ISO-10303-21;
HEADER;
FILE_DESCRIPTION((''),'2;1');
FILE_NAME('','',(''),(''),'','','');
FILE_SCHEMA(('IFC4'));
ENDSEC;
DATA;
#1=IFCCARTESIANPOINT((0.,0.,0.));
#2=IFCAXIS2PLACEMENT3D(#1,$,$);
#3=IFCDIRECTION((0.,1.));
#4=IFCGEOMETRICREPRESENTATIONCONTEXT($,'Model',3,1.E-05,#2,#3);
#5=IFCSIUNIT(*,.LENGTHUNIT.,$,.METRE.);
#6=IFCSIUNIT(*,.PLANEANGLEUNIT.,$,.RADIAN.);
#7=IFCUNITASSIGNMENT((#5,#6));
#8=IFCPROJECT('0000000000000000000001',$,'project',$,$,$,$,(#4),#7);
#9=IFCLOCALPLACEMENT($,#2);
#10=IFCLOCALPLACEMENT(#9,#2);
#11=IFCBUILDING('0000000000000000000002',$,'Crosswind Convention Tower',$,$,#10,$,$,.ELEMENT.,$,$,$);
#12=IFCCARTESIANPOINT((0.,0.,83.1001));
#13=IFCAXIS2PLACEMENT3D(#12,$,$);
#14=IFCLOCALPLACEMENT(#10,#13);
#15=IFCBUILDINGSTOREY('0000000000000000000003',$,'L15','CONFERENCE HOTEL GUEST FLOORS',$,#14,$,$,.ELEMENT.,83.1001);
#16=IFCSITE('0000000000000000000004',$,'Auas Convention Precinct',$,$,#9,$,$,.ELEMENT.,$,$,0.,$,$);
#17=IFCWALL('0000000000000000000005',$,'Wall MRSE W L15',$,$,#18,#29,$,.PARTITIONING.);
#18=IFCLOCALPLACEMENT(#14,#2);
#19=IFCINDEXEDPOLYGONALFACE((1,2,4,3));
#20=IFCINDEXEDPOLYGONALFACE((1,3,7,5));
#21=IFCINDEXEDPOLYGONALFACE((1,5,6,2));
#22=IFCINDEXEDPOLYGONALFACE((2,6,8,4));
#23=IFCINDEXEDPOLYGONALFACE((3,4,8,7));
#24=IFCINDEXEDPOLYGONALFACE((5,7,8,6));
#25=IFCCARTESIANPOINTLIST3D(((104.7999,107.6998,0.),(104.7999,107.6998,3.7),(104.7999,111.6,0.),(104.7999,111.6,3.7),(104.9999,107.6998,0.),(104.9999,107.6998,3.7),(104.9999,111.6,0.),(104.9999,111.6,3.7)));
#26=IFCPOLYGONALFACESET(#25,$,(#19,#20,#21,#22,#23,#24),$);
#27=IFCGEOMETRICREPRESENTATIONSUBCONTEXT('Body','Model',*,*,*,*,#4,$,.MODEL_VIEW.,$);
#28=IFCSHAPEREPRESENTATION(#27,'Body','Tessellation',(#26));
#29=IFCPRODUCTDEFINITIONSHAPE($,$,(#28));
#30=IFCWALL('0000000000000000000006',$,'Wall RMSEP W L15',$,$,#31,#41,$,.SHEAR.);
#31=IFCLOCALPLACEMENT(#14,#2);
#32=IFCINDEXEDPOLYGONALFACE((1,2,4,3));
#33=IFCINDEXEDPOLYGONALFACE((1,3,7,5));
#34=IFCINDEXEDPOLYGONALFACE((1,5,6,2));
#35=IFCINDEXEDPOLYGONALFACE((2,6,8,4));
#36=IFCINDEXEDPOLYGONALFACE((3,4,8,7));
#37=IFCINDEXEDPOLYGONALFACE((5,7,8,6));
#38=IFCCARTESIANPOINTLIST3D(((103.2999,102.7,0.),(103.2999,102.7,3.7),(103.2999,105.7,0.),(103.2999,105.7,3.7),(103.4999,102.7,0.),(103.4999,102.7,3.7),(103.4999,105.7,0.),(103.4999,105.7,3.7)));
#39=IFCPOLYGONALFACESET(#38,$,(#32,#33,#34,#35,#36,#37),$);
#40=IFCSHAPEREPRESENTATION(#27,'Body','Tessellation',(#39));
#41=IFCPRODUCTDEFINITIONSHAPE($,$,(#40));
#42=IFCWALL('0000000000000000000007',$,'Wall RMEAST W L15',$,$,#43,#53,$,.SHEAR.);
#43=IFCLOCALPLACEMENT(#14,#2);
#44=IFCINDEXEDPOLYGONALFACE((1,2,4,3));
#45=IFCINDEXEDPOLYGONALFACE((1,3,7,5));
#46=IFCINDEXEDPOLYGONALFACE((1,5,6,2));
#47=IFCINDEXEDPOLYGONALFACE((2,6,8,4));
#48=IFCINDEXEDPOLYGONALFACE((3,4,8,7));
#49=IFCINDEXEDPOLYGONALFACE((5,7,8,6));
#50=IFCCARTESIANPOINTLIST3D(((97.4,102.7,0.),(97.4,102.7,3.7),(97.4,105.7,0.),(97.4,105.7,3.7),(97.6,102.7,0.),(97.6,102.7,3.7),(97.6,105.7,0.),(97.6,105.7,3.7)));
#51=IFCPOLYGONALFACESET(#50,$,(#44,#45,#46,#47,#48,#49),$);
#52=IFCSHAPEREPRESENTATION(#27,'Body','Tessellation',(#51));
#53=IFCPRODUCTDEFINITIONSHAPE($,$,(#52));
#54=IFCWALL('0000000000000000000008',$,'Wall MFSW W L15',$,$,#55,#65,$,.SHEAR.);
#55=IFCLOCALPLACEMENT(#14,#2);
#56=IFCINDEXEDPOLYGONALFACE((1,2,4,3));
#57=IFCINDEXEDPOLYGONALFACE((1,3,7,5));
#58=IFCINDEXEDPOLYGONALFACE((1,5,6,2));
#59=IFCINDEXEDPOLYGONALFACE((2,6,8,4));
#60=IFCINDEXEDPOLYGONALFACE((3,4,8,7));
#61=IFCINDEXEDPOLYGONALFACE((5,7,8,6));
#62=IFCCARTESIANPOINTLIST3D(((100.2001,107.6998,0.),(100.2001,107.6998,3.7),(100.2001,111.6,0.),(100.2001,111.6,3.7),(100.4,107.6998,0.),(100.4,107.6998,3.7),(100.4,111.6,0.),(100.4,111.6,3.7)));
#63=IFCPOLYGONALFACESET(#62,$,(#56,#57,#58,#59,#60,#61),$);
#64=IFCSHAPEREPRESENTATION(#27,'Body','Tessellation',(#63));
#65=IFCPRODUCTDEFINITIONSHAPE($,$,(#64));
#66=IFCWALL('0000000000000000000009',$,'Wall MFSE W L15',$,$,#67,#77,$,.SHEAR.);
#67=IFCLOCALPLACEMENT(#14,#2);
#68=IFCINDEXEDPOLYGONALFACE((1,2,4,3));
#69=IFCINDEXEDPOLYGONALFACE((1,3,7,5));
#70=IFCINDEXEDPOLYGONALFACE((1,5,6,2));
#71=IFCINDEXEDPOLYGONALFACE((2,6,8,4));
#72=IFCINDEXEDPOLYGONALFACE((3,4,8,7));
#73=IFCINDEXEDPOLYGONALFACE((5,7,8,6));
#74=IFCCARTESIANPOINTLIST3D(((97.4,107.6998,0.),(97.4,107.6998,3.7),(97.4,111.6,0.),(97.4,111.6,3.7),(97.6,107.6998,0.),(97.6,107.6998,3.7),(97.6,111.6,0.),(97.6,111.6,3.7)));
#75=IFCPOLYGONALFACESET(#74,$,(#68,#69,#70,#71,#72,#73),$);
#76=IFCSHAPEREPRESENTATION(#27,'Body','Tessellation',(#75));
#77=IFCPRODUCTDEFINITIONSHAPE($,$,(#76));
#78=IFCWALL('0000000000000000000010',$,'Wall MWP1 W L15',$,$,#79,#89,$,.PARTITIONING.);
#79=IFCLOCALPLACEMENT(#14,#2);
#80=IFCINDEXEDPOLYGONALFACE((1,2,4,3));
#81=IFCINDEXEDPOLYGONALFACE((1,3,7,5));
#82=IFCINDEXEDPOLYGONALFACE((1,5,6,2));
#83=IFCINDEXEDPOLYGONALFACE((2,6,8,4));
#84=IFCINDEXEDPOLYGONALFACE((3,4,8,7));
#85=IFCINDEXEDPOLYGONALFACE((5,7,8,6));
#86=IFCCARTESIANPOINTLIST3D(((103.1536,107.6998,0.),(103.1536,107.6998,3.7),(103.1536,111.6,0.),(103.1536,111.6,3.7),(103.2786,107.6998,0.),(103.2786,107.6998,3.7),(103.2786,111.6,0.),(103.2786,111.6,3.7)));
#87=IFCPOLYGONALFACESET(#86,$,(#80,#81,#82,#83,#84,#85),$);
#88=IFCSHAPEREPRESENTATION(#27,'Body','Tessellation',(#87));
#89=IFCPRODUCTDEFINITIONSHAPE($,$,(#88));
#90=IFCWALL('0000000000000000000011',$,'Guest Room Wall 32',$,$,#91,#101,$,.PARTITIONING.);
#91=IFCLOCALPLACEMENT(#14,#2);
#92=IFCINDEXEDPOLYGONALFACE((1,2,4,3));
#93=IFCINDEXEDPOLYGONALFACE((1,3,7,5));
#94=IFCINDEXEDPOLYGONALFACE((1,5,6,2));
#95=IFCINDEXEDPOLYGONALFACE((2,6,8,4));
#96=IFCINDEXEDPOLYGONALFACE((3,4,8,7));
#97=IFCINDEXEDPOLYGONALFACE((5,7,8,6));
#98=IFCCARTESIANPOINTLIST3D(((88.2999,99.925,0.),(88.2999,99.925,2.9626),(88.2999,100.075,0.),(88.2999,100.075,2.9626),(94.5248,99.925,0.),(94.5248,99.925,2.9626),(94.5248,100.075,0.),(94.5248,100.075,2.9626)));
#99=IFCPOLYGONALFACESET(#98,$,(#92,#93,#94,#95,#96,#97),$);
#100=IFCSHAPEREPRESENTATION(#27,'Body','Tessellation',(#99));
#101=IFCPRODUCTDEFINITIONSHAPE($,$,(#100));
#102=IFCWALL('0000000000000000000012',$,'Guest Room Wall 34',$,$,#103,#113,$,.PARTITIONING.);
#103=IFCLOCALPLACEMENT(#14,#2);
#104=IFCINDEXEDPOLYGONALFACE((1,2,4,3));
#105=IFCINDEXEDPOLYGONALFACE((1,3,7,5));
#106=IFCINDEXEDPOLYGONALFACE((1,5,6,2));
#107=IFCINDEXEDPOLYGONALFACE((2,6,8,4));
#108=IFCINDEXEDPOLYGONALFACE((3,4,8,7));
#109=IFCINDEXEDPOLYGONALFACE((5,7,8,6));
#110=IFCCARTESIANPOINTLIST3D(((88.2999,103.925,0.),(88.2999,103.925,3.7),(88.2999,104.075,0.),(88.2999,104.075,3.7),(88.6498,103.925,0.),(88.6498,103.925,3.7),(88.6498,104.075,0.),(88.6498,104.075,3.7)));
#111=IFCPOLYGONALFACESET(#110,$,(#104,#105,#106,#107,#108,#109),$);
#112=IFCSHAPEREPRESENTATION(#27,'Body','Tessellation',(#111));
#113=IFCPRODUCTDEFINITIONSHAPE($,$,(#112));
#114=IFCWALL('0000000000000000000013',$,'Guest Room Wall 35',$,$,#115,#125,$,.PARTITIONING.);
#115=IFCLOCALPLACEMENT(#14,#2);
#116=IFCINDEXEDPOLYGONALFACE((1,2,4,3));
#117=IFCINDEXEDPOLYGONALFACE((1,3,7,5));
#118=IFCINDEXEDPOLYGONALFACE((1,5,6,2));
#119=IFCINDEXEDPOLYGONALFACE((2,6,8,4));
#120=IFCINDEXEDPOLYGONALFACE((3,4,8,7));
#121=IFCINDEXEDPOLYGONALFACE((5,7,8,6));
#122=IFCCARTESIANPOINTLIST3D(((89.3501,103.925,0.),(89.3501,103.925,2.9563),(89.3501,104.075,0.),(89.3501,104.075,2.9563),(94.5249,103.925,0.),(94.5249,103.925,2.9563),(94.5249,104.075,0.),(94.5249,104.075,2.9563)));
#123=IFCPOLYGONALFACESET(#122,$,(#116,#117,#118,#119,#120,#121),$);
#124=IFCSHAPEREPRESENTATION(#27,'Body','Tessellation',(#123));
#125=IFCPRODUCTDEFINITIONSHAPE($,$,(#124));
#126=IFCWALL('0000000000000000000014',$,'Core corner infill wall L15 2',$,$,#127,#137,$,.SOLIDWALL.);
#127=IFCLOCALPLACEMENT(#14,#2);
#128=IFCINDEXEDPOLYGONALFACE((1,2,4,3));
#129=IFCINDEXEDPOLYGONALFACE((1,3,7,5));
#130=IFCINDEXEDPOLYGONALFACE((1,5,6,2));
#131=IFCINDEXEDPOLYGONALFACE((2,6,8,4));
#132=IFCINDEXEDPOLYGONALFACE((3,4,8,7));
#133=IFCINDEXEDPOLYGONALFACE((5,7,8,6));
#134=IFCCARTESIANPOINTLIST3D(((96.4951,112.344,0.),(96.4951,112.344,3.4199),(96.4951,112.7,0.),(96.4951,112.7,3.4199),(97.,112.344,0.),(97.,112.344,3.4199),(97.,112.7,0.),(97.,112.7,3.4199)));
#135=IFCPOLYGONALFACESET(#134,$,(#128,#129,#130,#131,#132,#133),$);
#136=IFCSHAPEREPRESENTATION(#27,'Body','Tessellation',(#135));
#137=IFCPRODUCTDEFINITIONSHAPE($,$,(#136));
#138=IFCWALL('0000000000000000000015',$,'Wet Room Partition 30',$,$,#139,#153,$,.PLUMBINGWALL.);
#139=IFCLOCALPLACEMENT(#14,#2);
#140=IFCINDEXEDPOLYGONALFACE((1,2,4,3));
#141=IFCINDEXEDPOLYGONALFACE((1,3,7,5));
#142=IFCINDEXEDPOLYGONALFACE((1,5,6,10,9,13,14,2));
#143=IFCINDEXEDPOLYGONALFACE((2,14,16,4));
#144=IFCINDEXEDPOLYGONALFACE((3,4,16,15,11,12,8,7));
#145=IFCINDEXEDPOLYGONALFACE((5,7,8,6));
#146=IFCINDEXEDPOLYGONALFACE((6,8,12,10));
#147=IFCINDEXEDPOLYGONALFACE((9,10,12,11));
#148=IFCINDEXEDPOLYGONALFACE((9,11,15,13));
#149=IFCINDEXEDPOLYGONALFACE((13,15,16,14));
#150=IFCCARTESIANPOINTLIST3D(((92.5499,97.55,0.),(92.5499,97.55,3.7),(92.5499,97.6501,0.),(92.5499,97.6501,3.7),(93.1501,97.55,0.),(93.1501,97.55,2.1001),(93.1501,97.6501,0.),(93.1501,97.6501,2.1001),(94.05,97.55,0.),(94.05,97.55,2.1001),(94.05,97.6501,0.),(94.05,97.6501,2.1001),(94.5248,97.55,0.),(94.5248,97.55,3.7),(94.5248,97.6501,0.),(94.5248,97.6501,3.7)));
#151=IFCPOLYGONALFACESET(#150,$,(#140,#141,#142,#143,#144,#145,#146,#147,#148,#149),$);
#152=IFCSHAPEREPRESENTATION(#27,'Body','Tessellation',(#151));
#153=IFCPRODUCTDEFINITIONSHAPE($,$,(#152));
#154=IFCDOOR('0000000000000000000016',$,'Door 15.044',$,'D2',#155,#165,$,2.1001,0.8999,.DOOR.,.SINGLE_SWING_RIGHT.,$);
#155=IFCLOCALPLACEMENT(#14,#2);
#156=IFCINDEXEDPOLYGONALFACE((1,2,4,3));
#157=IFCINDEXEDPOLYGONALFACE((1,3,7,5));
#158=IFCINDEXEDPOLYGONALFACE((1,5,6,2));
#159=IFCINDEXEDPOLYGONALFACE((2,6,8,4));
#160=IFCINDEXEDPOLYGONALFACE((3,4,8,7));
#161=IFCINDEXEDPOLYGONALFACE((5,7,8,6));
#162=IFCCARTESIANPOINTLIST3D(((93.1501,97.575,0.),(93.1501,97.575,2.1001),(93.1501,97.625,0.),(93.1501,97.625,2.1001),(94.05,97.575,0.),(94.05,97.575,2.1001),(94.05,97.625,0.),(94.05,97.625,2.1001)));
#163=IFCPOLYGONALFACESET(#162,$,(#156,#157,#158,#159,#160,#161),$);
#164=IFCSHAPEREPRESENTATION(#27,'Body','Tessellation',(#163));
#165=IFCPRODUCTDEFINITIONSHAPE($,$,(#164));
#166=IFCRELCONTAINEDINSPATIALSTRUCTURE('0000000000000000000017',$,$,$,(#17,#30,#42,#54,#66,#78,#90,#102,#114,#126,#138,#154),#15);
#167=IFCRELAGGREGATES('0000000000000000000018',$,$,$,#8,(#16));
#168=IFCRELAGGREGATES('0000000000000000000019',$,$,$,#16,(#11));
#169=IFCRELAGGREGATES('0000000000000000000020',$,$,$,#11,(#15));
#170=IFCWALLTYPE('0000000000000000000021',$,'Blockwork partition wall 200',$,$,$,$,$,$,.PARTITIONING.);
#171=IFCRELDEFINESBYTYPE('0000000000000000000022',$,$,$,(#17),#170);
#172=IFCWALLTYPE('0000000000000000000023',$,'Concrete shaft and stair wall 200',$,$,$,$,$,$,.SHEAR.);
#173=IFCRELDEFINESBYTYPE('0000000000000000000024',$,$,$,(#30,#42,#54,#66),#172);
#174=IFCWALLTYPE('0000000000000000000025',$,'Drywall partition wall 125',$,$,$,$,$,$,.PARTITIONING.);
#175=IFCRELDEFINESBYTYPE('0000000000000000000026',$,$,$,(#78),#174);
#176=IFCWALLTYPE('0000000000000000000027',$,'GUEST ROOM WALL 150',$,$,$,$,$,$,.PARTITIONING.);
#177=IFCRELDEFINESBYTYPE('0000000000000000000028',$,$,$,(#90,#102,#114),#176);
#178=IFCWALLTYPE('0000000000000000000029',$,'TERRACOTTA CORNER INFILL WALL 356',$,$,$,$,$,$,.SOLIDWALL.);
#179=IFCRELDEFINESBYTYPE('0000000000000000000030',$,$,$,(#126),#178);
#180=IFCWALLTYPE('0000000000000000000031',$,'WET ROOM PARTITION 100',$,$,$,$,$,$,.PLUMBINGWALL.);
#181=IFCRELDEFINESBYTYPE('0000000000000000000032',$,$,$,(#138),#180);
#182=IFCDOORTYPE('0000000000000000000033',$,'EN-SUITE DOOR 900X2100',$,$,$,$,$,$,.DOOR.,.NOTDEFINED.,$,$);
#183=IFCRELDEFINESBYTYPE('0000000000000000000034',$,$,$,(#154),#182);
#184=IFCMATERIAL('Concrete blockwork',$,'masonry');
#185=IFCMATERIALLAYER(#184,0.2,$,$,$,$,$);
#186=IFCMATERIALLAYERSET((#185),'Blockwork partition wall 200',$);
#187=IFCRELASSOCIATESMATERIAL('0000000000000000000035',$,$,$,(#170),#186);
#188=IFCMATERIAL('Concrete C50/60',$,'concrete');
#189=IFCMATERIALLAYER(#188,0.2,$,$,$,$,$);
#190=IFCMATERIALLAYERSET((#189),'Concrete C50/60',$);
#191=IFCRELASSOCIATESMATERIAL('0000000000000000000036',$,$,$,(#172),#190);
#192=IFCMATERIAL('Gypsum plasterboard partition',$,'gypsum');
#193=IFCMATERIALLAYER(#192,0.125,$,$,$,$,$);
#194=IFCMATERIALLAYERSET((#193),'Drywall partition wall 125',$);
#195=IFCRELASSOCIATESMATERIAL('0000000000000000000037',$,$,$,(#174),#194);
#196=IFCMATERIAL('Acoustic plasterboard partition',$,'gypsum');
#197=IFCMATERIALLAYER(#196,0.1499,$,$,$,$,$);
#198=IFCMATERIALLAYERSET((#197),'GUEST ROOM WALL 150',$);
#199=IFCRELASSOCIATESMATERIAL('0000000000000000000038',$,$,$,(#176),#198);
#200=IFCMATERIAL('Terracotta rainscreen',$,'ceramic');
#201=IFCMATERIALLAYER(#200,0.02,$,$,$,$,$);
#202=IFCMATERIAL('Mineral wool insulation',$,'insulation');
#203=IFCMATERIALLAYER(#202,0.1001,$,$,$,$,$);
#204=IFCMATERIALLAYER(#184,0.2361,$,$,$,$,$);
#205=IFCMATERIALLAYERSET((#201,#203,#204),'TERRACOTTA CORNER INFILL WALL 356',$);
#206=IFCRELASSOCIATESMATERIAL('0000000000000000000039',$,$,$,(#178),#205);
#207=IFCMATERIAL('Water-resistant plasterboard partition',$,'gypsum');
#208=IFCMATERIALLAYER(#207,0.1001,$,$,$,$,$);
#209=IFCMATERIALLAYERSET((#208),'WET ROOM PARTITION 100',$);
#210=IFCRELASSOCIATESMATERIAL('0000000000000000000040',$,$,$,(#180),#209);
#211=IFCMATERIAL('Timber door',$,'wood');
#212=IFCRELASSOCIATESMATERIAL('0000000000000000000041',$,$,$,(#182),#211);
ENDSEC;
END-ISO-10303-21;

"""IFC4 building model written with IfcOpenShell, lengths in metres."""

from ifc_helpers import new_model, si_unit, direction, frame, frame_2d, origin, place, context, subcontext, project, spatial, rectangle, extrude, material, layer, layer_set, type_object, element, fill, save


model = new_model("IFC4")

# Units and contexts
model_context = context("Model", 3, precision=1e-05, world=origin(), true_north=direction((0.0, 1.0)))
body_context = subcontext(model_context, "Body", "Model", "MODEL_VIEW")
ifc_project = project(units=[si_unit("LENGTHUNIT", "METRE"), si_unit("PLANEANGLEUNIT", "RADIAN")], contexts=[model_context])

# Site, building, storey
site_placement = place(None, origin())
site = spatial("IfcSite", under=ifc_project, at=site_placement, Name="Auas Convention Precinct", CompositionType="ELEMENT", RefElevation=0.0)
building_placement = place(site_placement, origin())
building = spatial("IfcBuilding", under=site, at=building_placement, Name="Crosswind Convention Tower", CompositionType="ELEMENT")
storey_placement = place(building_placement, frame((0.0, 0.0, 83.1001)))
storey = spatial("IfcBuildingStorey", under=building, at=storey_placement, Name="L15", Description="CONFERENCE HOTEL GUEST FLOORS", CompositionType="ELEMENT", Elevation=83.1001)

# Wall
ifc_material_1 = material(Name="Concrete blockwork", Category="masonry")
ifc_layer_1 = layer(ifc_material_1, 0.2)
ifc_layer_set_1 = layer_set([ifc_layer_1], Name="Blockwork partition wall 200")
wall_type_1 = type_object("IfcWallType", Name="Blockwork partition wall 200", PredefinedType="PARTITIONING", material=ifc_layer_set_1)
wall_1_placement = place(storey_placement, frame((104.8999, 111.6001, 0.0), z_axis=(0.0, 0.0, 1.0), x_axis=(0.0, -1.0, 0.0)))
element("IfcWall", 1, at=wall_1_placement, inside=storey, type_object=wall_type_1, Name="Wall MRSE W L15", PredefinedType="PARTITIONING", context=body_context, shape_type="SweptSolid", body=[
    extrude(rectangle(XDim=3.9001, YDim=0.2, at=frame_2d((1.9502, 0.0))), origin(), (0.0, 0.0, 1.0), 3.7),
])

# Walls
ifc_material_2 = material(Name="Concrete C50/60", Category="concrete")
ifc_layer_2 = layer(ifc_material_2, 0.2)
ifc_layer_set_2 = layer_set([ifc_layer_2], Name="Concrete C50/60")
wall_type_2 = type_object("IfcWallType", Name="Concrete shaft and stair wall 200", PredefinedType="SHEAR", material=ifc_layer_set_2)
for number, where, z_axis, x_axis, name in (
    (2, (103.3999, 105.7, 0.0), (0.0, 0.0, 1.0), (0.0, -1.0, 0.0), "Wall RMSEP W L15"),
    (3, (97.5, 105.7, 0.0), (0.0, 0.0, 1.0), (0.0, -1.0, 0.0), "Wall RMEAST W L15"),
):
    element("IfcWall", number, at=place(storey_placement, frame(where, z_axis=z_axis, x_axis=x_axis)), inside=storey, type_object=wall_type_2, Name=name, PredefinedType="SHEAR", context=body_context, shape_type="SweptSolid", body=[
        extrude(rectangle(XDim=3.0, YDim=0.2, at=frame_2d((1.5, 0.0))), origin(), (0.0, 0.0, 1.0), 3.7),
    ])
for number, where, z_axis, x_axis, name in (
    (4, (100.3, 111.6001, 0.0), (0.0, 0.0, 1.0), (0.0, -1.0, 0.0), "Wall MFSW W L15"),
    (5, (97.5, 111.6001, 0.0), (0.0, 0.0, 1.0), (0.0, -1.0, 0.0), "Wall MFSE W L15"),
):
    element("IfcWall", number, at=place(storey_placement, frame(where, z_axis=z_axis, x_axis=x_axis)), inside=storey, type_object=wall_type_2, Name=name, PredefinedType="SHEAR", context=body_context, shape_type="SweptSolid", body=[
        extrude(rectangle(XDim=3.9001, YDim=0.2, at=frame_2d((1.9502, 0.0))), origin(), (0.0, 0.0, 1.0), 3.7),
    ])
ifc_material_3 = material(Name="Gypsum plasterboard partition", Category="gypsum")
ifc_layer_3 = layer(ifc_material_3, 0.125)
ifc_layer_set_3 = layer_set([ifc_layer_3], Name="Drywall partition wall 125")
wall_type_3 = type_object("IfcWallType", Name="Drywall partition wall 125", PredefinedType="PARTITIONING", material=ifc_layer_set_3)
wall_2_placement = place(storey_placement, frame((103.2161, 111.6001, 0.0), z_axis=(0.0, 0.0, 1.0), x_axis=(0.0, -1.0, 0.0)))
element("IfcWall", 6, at=wall_2_placement, inside=storey, type_object=wall_type_3, Name="Wall MWP1 W L15", PredefinedType="PARTITIONING", context=body_context, shape_type="SweptSolid", body=[
    extrude(rectangle(XDim=3.9001, YDim=0.125, at=frame_2d((1.9502, 0.0))), origin(), (0.0, 0.0, 1.0), 3.7),
])
ifc_material_4 = material(Name="Acoustic plasterboard partition", Category="gypsum")
ifc_layer_4 = layer(ifc_material_4, 0.1499)
ifc_layer_set_4 = layer_set([ifc_layer_4], Name="GUEST ROOM WALL 150")
wall_type_4 = type_object("IfcWallType", Name="GUEST ROOM WALL 150", PredefinedType="PARTITIONING", material=ifc_layer_set_4)
wall_3_placement = place(storey_placement, frame((88.3, 100.0, 0.0), z_axis=(0.0, 0.0, 1.0), x_axis=(1.0, 0.0, 0.0)))
element("IfcWall", 7, at=wall_3_placement, inside=storey, type_object=wall_type_4, Name="Guest Room Wall 32", PredefinedType="PARTITIONING", context=body_context, shape_type="SweptSolid", body=[
    extrude(rectangle(XDim=6.2249, YDim=0.1499, at=frame_2d((3.1123, 0.0))), origin(), (0.0, 0.0, 1.0), 2.9626),
])
wall_4_placement = place(storey_placement, frame((88.3, 104.0, 0.0), z_axis=(0.0, 0.0, 1.0), x_axis=(1.0, 0.0, 0.0)))
element("IfcWall", 8, at=wall_4_placement, inside=storey, type_object=wall_type_4, Name="Guest Room Wall 34", PredefinedType="PARTITIONING", context=body_context, shape_type="SweptSolid", body=[
    extrude(rectangle(XDim=0.3499, YDim=0.1499, at=frame_2d((0.1748, 0.0))), origin(), (0.0, 0.0, 1.0), 3.7),
])
wall_5_placement = place(storey_placement, frame((89.3501, 104.0, 0.0), z_axis=(0.0, 0.0, 1.0), x_axis=(1.0, 0.0, 0.0)))
element("IfcWall", 9, at=wall_5_placement, inside=storey, type_object=wall_type_4, Name="Guest Room Wall 35", PredefinedType="PARTITIONING", context=body_context, shape_type="SweptSolid", body=[
    extrude(rectangle(XDim=5.1748, YDim=0.1499, at=frame_2d((2.5874, 0.0))), origin(), (0.0, 0.0, 1.0), 2.9563),
])

# Wall
ifc_material_5 = material(Name="Terracotta rainscreen", Category="ceramic")
ifc_layer_5 = layer(ifc_material_5, 0.02)
ifc_material_6 = material(Name="Mineral wool insulation", Category="insulation")
ifc_layer_6 = layer(ifc_material_6, 0.1001)
ifc_layer_7 = layer(ifc_material_1, 0.2361)
ifc_layer_set_5 = layer_set([ifc_layer_5, ifc_layer_6, ifc_layer_7], Name="TERRACOTTA CORNER INFILL WALL 356")
wall_type_5 = type_object("IfcWallType", Name="TERRACOTTA CORNER INFILL WALL 356", PredefinedType="SOLIDWALL", material=ifc_layer_set_5)
wall_6_placement = place(storey_placement, frame((96.4951, 112.522, 0.0), z_axis=(0.0, 0.0, 1.0), x_axis=(1.0, 0.0, 0.0)))
element("IfcWall", 10, at=wall_6_placement, inside=storey, type_object=wall_type_5, Name="Core corner infill wall L15 2", PredefinedType="SOLIDWALL", context=body_context, shape_type="SweptSolid", body=[
    extrude(rectangle(XDim=0.5049, YDim=0.356, at=frame_2d((0.2524, 0.0))), origin(), (0.0, 0.0, 1.0), 3.4199),
])

# Wall, opening, door
ifc_material_7 = material(Name="Water-resistant plasterboard partition", Category="gypsum")
ifc_layer_8 = layer(ifc_material_7, 0.1001)
ifc_layer_set_6 = layer_set([ifc_layer_8], Name="WET ROOM PARTITION 100")
wall_type_6 = type_object("IfcWallType", Name="WET ROOM PARTITION 100", PredefinedType="PLUMBINGWALL", material=ifc_layer_set_6)
wall_7_placement = place(storey_placement, frame((92.55, 97.6001, 0.0), z_axis=(0.0, 0.0, 1.0), x_axis=(1.0, 0.0, 0.0)))
wall_7 = element("IfcWall", 11, at=wall_7_placement, inside=storey, type_object=wall_type_6, Name="Wet Room Partition 30", PredefinedType="PLUMBINGWALL", context=body_context, shape_type="SweptSolid", body=[
    extrude(rectangle(XDim=1.9749, YDim=0.1001, at=frame_2d((0.9873, 0.0))), origin(), (0.0, 0.0, 1.0), 3.7),
])
opening_1_placement = place(wall_7_placement, frame((0.6001, 0.0, 0.0)))
opening_1 = element("IfcOpeningElement", 12, at=opening_1_placement, cuts=wall_7, PredefinedType="OPENING", context=body_context, shape_type="SweptSolid", body=[
    extrude(rectangle(XDim=0.8999, YDim=2.1001, at=frame_2d((0.45, 1.05))), frame((0.0, 0.0601, 0.0), z_axis=(0.0, -1.0, 0.0), x_axis=(1.0, 0.0, 0.0)), (0.0, 0.0, 1.0), 0.1201),
])
ifc_material_8 = material(Name="Timber door", Category="wood")
door_type_1 = type_object("IfcDoorType", Name="EN-SUITE DOOR 900X2100", OperationType="NOTDEFINED", PredefinedType="DOOR", material=ifc_material_8)
door_1_placement = place(opening_1_placement, origin())
door_1 = element("IfcDoor", 13, at=door_1_placement, inside=storey, type_object=door_type_1, Name="Door 15.044", ObjectType="D2", OperationType="SINGLE_SWING_RIGHT", OverallHeight=2.1001, OverallWidth=0.8999, PredefinedType="DOOR", context=body_context, shape_type="SweptSolid", body=[
    extrude(rectangle(XDim=0.8999, YDim=2.1001, at=frame_2d((0.45, 1.05))), frame((0.0, 0.0249, 0.0), z_axis=(0.0, -1.0, 0.0), x_axis=(1.0, 0.0, 0.0)), (0.0, 0.0, 1.0), 0.05),
])
fill(opening_1, door_1)

save(model, "model.ifc")
